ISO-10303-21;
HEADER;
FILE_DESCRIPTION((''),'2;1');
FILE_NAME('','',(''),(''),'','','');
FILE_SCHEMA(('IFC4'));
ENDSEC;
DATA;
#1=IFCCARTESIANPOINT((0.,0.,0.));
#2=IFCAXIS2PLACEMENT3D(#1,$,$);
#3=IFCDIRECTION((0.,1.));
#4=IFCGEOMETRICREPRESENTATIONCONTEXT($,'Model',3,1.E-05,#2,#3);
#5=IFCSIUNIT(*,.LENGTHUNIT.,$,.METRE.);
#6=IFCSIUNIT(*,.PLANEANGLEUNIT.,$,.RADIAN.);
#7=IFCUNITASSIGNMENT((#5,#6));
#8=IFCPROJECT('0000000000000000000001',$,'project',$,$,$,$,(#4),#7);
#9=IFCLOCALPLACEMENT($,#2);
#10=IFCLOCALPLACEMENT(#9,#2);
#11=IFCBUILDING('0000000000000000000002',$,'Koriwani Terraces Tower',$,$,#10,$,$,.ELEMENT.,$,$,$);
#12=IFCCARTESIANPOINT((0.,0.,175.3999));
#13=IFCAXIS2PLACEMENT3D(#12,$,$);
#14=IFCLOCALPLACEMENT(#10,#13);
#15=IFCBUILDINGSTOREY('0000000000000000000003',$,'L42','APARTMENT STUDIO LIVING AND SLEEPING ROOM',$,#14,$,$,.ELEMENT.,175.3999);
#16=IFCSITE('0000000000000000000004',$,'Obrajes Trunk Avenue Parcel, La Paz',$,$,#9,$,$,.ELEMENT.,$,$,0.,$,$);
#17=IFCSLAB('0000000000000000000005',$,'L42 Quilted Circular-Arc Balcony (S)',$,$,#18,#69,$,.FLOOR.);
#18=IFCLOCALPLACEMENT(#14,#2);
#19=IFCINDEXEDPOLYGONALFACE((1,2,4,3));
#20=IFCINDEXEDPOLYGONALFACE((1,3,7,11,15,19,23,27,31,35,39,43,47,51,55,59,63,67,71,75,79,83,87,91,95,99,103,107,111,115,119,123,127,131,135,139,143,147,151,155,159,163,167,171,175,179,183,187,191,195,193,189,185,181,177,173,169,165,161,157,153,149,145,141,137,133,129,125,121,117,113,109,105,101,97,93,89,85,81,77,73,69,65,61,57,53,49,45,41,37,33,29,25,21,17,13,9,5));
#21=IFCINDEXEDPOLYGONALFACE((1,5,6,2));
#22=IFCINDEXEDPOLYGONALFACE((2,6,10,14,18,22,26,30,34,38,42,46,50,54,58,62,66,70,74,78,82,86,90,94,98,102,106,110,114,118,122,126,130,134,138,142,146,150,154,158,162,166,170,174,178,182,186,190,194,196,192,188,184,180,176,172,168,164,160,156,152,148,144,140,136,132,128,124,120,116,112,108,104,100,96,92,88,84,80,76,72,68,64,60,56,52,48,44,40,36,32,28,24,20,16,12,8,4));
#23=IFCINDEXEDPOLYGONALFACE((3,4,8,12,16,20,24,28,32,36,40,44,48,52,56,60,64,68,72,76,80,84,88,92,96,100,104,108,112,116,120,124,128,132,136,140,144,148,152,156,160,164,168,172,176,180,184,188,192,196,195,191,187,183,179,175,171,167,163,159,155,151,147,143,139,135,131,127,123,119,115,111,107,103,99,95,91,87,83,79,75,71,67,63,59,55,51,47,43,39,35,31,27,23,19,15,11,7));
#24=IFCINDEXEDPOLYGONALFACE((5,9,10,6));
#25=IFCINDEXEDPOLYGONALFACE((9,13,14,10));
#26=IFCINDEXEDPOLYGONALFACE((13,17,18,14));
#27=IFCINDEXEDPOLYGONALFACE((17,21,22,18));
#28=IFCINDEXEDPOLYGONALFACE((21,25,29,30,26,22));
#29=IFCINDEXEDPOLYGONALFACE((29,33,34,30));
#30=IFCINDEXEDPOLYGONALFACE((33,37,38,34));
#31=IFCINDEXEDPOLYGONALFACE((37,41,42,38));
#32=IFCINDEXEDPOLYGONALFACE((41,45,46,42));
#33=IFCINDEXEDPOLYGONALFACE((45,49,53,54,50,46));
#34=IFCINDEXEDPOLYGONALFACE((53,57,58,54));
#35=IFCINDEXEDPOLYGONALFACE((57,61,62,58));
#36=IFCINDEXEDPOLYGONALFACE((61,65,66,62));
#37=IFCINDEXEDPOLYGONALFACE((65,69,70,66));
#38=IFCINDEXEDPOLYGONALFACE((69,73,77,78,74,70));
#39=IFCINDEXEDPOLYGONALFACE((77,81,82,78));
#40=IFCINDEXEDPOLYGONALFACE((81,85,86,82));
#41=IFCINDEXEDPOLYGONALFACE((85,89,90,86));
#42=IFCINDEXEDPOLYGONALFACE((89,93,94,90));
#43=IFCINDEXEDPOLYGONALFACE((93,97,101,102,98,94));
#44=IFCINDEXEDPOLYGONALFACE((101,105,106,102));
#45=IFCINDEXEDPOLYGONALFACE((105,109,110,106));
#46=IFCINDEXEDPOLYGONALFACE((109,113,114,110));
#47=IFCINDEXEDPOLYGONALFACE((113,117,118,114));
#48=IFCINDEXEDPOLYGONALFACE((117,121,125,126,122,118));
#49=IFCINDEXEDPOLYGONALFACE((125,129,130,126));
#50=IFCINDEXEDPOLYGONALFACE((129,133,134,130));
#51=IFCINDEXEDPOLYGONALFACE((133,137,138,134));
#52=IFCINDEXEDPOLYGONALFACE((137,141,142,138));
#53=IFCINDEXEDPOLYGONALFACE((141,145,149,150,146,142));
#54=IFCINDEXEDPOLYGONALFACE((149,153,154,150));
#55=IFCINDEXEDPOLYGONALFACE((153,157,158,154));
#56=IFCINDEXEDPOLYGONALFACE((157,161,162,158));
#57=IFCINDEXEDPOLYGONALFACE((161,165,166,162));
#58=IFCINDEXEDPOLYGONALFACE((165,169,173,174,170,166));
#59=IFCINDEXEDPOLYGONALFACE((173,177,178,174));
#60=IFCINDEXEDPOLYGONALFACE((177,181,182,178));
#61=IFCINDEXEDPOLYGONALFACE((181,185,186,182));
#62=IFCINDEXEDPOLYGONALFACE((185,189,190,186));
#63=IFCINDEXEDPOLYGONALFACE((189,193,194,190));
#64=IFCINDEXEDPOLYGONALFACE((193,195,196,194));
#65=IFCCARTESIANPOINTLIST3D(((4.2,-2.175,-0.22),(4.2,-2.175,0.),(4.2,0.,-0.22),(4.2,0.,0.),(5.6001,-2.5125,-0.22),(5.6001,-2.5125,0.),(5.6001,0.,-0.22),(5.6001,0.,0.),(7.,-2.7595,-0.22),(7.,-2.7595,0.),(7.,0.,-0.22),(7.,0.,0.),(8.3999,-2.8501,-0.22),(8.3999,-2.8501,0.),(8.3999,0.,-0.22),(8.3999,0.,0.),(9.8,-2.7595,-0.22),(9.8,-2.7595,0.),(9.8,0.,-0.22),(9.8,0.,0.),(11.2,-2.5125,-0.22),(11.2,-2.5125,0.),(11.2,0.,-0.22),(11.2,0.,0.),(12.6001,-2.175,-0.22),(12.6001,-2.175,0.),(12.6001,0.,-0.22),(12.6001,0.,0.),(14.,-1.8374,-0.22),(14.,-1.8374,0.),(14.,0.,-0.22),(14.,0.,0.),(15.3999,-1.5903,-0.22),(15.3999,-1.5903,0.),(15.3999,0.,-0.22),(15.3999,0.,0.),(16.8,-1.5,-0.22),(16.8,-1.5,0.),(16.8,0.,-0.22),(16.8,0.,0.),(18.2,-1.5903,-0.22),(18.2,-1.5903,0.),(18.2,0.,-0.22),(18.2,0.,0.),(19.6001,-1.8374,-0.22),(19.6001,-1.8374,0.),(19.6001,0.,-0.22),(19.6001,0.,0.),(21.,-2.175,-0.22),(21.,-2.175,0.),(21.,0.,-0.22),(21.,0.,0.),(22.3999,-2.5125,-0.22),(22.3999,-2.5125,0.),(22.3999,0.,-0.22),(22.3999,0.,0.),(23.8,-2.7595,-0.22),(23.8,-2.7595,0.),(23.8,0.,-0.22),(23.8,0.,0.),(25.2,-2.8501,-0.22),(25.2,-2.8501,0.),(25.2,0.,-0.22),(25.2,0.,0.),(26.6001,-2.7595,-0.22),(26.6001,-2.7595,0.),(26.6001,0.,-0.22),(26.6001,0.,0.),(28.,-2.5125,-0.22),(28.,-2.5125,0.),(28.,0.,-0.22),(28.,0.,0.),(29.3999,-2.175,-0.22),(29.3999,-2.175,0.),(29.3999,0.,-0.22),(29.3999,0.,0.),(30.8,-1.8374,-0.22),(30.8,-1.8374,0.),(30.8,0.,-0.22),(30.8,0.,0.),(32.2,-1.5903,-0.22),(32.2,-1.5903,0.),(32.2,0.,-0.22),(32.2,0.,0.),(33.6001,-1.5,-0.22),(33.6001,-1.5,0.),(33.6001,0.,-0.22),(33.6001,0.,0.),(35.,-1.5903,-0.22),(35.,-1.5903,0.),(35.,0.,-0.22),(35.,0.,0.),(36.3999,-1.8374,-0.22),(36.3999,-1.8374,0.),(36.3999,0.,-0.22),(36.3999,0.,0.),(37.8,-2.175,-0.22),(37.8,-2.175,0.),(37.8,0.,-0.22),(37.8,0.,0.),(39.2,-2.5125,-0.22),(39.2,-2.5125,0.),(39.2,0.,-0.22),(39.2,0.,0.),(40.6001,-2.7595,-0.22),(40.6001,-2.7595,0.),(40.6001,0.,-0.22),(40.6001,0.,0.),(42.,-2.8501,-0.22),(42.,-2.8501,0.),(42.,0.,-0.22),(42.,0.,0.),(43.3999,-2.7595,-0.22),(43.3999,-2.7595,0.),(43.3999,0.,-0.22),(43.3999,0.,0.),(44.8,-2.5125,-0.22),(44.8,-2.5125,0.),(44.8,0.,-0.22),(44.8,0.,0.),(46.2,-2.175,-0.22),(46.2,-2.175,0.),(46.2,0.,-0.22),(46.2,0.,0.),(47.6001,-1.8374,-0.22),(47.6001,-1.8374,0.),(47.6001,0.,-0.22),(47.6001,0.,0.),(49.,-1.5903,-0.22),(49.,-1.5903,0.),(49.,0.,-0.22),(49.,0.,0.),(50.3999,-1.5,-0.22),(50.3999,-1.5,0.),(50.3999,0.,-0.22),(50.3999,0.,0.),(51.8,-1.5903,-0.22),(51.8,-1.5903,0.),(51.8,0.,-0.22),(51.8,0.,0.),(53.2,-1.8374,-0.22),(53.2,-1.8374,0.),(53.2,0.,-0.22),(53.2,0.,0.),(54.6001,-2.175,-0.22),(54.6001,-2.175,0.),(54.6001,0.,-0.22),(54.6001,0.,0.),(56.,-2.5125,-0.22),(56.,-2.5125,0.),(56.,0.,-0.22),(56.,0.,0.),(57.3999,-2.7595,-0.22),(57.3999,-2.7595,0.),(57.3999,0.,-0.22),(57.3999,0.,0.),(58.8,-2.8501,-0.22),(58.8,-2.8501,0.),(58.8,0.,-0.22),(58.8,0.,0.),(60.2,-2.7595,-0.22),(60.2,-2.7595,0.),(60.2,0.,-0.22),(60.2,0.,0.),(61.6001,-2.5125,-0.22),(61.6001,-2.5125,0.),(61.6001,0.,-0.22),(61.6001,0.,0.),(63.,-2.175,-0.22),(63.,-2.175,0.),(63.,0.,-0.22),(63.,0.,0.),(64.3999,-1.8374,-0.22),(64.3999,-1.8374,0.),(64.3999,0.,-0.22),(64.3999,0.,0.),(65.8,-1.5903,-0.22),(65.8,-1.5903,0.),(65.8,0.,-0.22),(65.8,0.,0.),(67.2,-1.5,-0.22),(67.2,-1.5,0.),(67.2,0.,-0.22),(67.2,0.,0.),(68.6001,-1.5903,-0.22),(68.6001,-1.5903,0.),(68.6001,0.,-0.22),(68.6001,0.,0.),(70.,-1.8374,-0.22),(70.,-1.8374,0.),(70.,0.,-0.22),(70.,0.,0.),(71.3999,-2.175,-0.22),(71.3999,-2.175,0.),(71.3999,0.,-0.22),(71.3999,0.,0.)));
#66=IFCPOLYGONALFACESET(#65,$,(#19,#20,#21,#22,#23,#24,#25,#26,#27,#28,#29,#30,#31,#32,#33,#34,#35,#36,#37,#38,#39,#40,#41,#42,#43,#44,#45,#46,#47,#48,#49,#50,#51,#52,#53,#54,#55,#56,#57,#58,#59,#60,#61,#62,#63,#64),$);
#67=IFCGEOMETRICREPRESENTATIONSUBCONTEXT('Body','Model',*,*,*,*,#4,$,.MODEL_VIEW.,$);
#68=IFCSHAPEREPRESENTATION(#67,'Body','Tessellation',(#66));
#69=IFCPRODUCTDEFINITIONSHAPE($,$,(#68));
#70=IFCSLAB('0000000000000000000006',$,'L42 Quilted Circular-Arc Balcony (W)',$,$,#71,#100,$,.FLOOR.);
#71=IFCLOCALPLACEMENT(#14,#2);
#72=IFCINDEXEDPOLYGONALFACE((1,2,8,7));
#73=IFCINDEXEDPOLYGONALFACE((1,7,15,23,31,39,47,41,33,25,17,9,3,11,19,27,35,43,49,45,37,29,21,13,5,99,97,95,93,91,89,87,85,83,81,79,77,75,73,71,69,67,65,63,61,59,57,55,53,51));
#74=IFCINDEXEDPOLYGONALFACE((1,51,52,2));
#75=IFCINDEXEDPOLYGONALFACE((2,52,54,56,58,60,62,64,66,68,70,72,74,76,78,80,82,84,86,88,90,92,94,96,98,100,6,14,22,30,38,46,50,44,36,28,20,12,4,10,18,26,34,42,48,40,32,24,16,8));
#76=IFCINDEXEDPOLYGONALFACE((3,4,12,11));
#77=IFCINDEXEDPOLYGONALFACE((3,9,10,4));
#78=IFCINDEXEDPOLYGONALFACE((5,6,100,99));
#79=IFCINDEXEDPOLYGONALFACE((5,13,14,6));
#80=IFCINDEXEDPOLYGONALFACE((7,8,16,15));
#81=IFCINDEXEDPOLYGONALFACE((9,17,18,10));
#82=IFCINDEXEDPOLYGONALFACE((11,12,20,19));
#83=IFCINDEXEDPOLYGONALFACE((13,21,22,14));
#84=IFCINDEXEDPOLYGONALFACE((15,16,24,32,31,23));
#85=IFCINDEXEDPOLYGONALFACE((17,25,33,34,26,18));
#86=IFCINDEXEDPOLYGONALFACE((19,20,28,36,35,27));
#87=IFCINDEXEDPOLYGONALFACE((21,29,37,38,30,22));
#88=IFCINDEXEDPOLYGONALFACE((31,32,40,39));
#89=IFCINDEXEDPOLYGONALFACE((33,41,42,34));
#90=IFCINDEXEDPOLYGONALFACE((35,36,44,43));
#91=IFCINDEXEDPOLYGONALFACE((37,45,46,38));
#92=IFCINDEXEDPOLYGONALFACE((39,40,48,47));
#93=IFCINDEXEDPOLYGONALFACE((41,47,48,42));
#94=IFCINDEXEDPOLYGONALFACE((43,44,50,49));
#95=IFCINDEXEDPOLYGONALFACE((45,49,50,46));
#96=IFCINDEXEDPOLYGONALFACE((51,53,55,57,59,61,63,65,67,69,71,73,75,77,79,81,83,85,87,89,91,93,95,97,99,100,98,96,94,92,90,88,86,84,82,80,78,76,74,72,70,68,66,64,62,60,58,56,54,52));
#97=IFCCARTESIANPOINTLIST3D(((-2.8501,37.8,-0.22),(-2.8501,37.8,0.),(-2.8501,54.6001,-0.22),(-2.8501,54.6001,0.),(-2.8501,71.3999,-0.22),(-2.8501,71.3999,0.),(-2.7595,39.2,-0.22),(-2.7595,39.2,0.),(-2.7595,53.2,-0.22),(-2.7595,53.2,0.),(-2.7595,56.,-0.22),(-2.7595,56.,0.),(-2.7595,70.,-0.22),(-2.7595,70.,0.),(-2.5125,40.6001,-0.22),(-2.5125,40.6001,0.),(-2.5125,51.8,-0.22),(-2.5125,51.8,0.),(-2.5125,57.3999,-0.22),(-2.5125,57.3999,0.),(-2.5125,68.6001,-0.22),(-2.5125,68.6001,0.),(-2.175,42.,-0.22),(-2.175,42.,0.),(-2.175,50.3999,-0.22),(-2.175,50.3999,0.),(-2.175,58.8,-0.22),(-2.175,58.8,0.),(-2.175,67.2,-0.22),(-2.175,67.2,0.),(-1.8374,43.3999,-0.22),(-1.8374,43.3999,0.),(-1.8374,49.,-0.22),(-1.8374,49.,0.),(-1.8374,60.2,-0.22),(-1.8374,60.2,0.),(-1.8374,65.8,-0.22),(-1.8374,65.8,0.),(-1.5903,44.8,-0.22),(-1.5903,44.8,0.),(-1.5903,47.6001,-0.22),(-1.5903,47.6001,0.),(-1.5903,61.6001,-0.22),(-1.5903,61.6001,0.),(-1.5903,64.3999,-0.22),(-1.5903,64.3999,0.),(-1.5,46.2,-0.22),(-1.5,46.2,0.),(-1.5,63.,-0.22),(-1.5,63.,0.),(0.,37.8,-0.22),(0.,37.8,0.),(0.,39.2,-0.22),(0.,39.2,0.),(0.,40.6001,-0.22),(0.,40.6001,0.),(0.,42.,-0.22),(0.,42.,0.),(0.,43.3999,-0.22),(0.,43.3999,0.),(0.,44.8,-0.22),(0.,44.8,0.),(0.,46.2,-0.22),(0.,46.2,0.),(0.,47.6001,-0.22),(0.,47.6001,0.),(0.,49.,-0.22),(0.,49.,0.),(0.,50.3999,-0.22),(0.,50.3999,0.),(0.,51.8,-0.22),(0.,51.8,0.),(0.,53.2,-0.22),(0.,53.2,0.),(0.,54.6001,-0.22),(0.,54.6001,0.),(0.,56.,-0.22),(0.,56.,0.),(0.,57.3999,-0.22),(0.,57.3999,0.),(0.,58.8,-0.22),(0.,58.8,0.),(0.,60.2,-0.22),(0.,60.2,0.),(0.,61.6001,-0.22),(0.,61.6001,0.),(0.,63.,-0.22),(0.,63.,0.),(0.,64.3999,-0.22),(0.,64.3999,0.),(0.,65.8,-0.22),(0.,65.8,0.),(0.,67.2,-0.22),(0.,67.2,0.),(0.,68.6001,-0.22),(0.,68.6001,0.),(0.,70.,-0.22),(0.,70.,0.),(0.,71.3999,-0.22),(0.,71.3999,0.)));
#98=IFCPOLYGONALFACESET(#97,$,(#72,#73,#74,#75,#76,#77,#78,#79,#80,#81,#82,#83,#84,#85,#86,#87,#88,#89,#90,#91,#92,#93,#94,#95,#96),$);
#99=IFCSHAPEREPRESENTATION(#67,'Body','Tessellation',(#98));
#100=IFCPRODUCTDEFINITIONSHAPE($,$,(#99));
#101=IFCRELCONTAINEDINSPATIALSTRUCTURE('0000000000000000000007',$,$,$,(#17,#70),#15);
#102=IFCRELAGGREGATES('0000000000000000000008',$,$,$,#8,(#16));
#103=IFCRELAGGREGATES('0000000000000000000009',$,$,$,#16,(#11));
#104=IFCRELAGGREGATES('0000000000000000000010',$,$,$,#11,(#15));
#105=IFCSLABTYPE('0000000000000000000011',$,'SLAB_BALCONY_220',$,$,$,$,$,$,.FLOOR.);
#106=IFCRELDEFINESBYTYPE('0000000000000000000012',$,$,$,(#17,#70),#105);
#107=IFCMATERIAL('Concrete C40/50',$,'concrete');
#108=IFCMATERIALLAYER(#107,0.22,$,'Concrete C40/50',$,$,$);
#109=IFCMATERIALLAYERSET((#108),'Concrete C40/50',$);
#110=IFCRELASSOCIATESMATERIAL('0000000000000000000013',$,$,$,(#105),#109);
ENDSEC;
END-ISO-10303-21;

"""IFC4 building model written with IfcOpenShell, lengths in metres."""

from ifc_helpers import new_model, si_unit, direction, frame, origin, place, context, subcontext, project, spatial, polyline, outline, extrude, material, layer, layer_set, type_object, element, save


model = new_model("IFC4")

# Units and contexts
model_context = context("Model", 3, precision=1e-05, world=origin(), true_north=direction((0.0, 1.0)))
body_context = subcontext(model_context, "Body", "Model", "MODEL_VIEW")
ifc_project = project(units=[si_unit("LENGTHUNIT", "METRE"), si_unit("PLANEANGLEUNIT", "RADIAN")], contexts=[model_context])

# Site, building, storey
site_placement = place(None, origin())
site = spatial("IfcSite", under=ifc_project, at=site_placement, Name="Obrajes Trunk Avenue Parcel, La Paz", CompositionType="ELEMENT", RefElevation=0.0)
building_placement = place(site_placement, origin())
building = spatial("IfcBuilding", under=site, at=building_placement, Name="Koriwani Terraces Tower", CompositionType="ELEMENT")
storey_placement = place(building_placement, frame((0.0, 0.0, 175.3999)))
storey = spatial("IfcBuildingStorey", under=building, at=storey_placement, Name="L42", Description="APARTMENT STUDIO LIVING AND SLEEPING ROOM", CompositionType="ELEMENT", Elevation=175.3999)

# Shared definitions
ifc_material_1 = material(Name="Concrete C40/50", Category="concrete")

# Slabs
ifc_layer_1 = layer(ifc_material_1, 0.22, Name="Concrete C40/50")
ifc_layer_set_1 = layer_set([ifc_layer_1], Name="Concrete C40/50")
slab_type_1 = type_object("IfcSlabType", Name="SLAB_BALCONY_220", PredefinedType="FLOOR", material=ifc_layer_set_1)
slab_1_placement = place(storey_placement, frame((0.0, 0.0, -0.22)))
element("IfcSlab", 1, at=slab_1_placement, inside=storey, type_object=slab_type_1, Name="L42 Quilted Circular-Arc Balcony (S)", PredefinedType="FLOOR", context=body_context, shape_type="SweptSolid", body=[
    extrude(outline(polyline([(4.2, 0.0), (5.6001, 0.0), (7.0, 0.0), (8.3999, 0.0), (9.8, 0.0), (11.2, 0.0), (12.6001, 0.0), (14.0, 0.0), (15.3999, 0.0), (16.8, 0.0), (18.2, 0.0), (19.6001, 0.0), (21.0, 0.0), (22.3999, 0.0), (23.8, 0.0), (25.2, 0.0), (26.6001, 0.0), (28.0, 0.0), (29.3999, 0.0), (30.8, 0.0), (32.2, 0.0), (33.6001, 0.0), (35.0, 0.0), (36.3999, 0.0), (37.8, 0.0), (39.2, 0.0), (40.6001, 0.0), (42.0, 0.0), (43.3999, 0.0), (44.8, 0.0), (46.2, 0.0), (47.6001, 0.0), (49.0, 0.0), (50.3999, 0.0), (51.8, 0.0), (53.2, 0.0), (54.6001, 0.0), (56.0, 0.0), (57.3999, 0.0), (58.8, 0.0), (60.2, 0.0), (61.6001, 0.0), (63.0, 0.0), (64.3999, 0.0), (65.8, 0.0), (67.2, 0.0), (68.6001, 0.0), (70.0, 0.0), (71.3999, 0.0), (71.3999, -2.175), (70.0, -1.8374), (68.6001, -1.5903), (67.2, -1.5), (65.8, -1.5903), (64.3999, -1.8374), (63.0, -2.175), (61.6001, -2.5125), (60.2, -2.7595), (58.8, -2.8501), (57.3999, -2.7595), (56.0, -2.5125), (54.6001, -2.175), (53.2, -1.8374), (51.8, -1.5903), (50.3999, -1.5), (49.0, -1.5903), (47.6001, -1.8374), (46.2, -2.175), (44.8, -2.5125), (43.3999, -2.7595), (42.0, -2.8501), (40.6001, -2.7595), (39.2, -2.5125), (37.8, -2.175), (36.3999, -1.8374), (35.0, -1.5903), (33.6001, -1.5), (32.2, -1.5903), (30.8, -1.8374), (29.3999, -2.175), (28.0, -2.5125), (26.6001, -2.7595), (25.2, -2.8501), (23.8, -2.7595), (22.3999, -2.5125), (21.0, -2.175), (19.6001, -1.8374), (18.2, -1.5903), (16.8, -1.5), (15.3999, -1.5903), (14.0, -1.8374), (12.6001, -2.175), (11.2, -2.5125), (9.8, -2.7595), (8.3999, -2.8501), (7.0, -2.7595), (5.6001, -2.5125), (4.2, -2.175), (4.2, 0.0)])), origin(), (0.0, 0.0, 1.0), 0.22),
])
slab_2_placement = place(storey_placement, frame((0.0, 0.0, -0.22)))
element("IfcSlab", 2, at=slab_2_placement, inside=storey, type_object=slab_type_1, Name="L42 Quilted Circular-Arc Balcony (W)", PredefinedType="FLOOR", context=body_context, shape_type="SweptSolid", body=[
    extrude(outline(polyline([(0.0, 37.8), (0.0, 39.2), (0.0, 40.6001), (0.0, 42.0), (0.0, 43.3999), (0.0, 44.8), (0.0, 46.2), (0.0, 47.6001), (0.0, 49.0), (0.0, 50.3999), (0.0, 51.8), (0.0, 53.2), (0.0, 54.6001), (0.0, 56.0), (0.0, 57.3999), (0.0, 58.8), (0.0, 60.2), (0.0, 61.6001), (0.0, 63.0), (0.0, 64.3999), (0.0, 65.8), (0.0, 67.2), (0.0, 68.6001), (0.0, 70.0), (0.0, 71.3999), (-2.8501, 71.3999), (-2.7595, 70.0), (-2.5125, 68.6001), (-2.175, 67.2), (-1.8374, 65.8), (-1.5903, 64.3999), (-1.5, 63.0), (-1.5903, 61.6001), (-1.8374, 60.2), (-2.175, 58.8), (-2.5125, 57.3999), (-2.7595, 56.0), (-2.8501, 54.6001), (-2.7595, 53.2), (-2.5125, 51.8), (-2.175, 50.3999), (-1.8374, 49.0), (-1.5903, 47.6001), (-1.5, 46.2), (-1.5903, 44.8), (-1.8374, 43.3999), (-2.175, 42.0), (-2.5125, 40.6001), (-2.7595, 39.2), (-2.8501, 37.8), (0.0, 37.8)])), origin(), (0.0, 0.0, 1.0), 0.22),
])

save(model, "model.ifc")
